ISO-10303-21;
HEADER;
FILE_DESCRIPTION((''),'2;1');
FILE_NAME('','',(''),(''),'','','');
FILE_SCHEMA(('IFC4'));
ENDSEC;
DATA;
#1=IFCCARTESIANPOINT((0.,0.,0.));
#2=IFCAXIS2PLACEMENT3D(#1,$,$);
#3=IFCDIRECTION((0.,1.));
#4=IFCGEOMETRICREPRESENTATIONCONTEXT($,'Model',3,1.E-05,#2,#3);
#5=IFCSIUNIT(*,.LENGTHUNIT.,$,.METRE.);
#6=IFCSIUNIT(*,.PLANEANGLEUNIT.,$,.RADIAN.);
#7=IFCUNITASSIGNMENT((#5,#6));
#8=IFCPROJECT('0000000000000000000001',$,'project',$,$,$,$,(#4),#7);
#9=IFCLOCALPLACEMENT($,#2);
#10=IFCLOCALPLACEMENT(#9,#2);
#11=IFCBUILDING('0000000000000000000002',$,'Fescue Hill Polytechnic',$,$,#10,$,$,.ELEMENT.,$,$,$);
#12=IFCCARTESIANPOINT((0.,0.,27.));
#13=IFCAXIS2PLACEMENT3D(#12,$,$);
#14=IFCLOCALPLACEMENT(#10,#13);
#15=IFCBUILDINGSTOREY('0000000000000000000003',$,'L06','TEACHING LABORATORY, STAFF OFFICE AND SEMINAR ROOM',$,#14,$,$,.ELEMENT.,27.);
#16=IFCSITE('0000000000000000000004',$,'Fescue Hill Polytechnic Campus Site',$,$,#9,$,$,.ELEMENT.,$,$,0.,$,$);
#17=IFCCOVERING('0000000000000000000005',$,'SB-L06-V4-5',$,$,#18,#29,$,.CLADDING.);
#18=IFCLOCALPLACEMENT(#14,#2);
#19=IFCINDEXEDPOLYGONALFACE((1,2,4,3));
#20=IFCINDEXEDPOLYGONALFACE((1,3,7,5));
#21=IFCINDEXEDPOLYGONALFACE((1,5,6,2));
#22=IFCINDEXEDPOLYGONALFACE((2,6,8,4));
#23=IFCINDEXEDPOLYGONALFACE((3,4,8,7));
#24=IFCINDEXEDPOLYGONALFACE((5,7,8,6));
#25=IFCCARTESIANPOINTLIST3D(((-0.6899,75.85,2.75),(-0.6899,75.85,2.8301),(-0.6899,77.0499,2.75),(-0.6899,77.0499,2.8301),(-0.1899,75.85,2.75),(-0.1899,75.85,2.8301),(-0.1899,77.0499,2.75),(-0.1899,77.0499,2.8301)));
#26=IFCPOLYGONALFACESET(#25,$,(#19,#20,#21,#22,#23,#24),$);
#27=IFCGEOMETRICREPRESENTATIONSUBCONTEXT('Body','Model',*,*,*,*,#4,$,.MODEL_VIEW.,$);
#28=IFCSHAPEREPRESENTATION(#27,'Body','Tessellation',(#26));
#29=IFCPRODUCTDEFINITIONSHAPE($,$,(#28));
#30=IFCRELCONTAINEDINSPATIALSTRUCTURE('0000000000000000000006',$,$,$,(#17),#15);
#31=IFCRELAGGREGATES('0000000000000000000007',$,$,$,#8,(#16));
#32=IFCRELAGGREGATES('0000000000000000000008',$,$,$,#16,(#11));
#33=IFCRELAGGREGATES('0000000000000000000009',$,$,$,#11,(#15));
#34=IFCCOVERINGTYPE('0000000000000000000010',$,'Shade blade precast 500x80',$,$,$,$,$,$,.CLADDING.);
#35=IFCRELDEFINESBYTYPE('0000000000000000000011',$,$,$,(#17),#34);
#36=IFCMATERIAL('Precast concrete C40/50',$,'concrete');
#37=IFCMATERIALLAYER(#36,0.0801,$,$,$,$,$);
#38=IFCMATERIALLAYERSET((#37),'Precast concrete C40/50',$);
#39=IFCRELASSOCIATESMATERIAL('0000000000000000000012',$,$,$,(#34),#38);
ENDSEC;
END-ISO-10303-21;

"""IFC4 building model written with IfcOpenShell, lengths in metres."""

from ifc_helpers import new_model, si_unit, direction, frame, origin, origin_2d, place, context, subcontext, project, spatial, rectangle, extrude, material, layer, layer_set, type_object, element, save


model = new_model("IFC4")

# Units and contexts
model_context = context("Model", 3, precision=1e-05, world=origin(), true_north=direction((0.0, 1.0)))
body_context = subcontext(model_context, "Body", "Model", "MODEL_VIEW")
ifc_project = project(units=[si_unit("LENGTHUNIT", "METRE"), si_unit("PLANEANGLEUNIT", "RADIAN")], contexts=[model_context])

# Site, building, storey
site_placement = place(None, origin())
site = spatial("IfcSite", under=ifc_project, at=site_placement, Name="Fescue Hill Polytechnic Campus Site", CompositionType="ELEMENT", RefElevation=0.0)
building_placement = place(site_placement, origin())
building = spatial("IfcBuilding", under=site, at=building_placement, Name="Fescue Hill Polytechnic", CompositionType="ELEMENT")
storey_placement = place(building_placement, frame((0.0, 0.0, 27.0)))
storey = spatial("IfcBuildingStorey", under=building, at=storey_placement, Name="L06", Description="TEACHING LABORATORY, STAFF OFFICE AND SEMINAR ROOM", CompositionType="ELEMENT", Elevation=27.0)

# Covering
ifc_material_1 = material(Name="Precast concrete C40/50", Category="concrete")
ifc_layer_1 = layer(ifc_material_1, 0.0801)
ifc_layer_set_1 = layer_set([ifc_layer_1], Name="Precast concrete C40/50")
covering_type = type_object("IfcCoveringType", Name="Shade blade precast 500x80", PredefinedType="CLADDING", material=ifc_layer_set_1)
for number, where, z_axis, x_axis, name in (
    (1, (-0.4399, 76.45, 2.75), (0.0, 0.0, 1.0), (0.0, -1.0, 0.0), "SB-L06-V4-5"),
):
    element("IfcCovering", number, at=place(storey_placement, frame(where, z_axis=z_axis, x_axis=x_axis)), inside=storey, type_object=covering_type, Name=name, PredefinedType="CLADDING", context=body_context, shape_type="SweptSolid", body=[
        extrude(rectangle(XDim=1.2, YDim=0.5, at=origin_2d()), origin(), (0.0, 0.0, 1.0), 0.0801),
    ])

save(model, "model.ifc")
